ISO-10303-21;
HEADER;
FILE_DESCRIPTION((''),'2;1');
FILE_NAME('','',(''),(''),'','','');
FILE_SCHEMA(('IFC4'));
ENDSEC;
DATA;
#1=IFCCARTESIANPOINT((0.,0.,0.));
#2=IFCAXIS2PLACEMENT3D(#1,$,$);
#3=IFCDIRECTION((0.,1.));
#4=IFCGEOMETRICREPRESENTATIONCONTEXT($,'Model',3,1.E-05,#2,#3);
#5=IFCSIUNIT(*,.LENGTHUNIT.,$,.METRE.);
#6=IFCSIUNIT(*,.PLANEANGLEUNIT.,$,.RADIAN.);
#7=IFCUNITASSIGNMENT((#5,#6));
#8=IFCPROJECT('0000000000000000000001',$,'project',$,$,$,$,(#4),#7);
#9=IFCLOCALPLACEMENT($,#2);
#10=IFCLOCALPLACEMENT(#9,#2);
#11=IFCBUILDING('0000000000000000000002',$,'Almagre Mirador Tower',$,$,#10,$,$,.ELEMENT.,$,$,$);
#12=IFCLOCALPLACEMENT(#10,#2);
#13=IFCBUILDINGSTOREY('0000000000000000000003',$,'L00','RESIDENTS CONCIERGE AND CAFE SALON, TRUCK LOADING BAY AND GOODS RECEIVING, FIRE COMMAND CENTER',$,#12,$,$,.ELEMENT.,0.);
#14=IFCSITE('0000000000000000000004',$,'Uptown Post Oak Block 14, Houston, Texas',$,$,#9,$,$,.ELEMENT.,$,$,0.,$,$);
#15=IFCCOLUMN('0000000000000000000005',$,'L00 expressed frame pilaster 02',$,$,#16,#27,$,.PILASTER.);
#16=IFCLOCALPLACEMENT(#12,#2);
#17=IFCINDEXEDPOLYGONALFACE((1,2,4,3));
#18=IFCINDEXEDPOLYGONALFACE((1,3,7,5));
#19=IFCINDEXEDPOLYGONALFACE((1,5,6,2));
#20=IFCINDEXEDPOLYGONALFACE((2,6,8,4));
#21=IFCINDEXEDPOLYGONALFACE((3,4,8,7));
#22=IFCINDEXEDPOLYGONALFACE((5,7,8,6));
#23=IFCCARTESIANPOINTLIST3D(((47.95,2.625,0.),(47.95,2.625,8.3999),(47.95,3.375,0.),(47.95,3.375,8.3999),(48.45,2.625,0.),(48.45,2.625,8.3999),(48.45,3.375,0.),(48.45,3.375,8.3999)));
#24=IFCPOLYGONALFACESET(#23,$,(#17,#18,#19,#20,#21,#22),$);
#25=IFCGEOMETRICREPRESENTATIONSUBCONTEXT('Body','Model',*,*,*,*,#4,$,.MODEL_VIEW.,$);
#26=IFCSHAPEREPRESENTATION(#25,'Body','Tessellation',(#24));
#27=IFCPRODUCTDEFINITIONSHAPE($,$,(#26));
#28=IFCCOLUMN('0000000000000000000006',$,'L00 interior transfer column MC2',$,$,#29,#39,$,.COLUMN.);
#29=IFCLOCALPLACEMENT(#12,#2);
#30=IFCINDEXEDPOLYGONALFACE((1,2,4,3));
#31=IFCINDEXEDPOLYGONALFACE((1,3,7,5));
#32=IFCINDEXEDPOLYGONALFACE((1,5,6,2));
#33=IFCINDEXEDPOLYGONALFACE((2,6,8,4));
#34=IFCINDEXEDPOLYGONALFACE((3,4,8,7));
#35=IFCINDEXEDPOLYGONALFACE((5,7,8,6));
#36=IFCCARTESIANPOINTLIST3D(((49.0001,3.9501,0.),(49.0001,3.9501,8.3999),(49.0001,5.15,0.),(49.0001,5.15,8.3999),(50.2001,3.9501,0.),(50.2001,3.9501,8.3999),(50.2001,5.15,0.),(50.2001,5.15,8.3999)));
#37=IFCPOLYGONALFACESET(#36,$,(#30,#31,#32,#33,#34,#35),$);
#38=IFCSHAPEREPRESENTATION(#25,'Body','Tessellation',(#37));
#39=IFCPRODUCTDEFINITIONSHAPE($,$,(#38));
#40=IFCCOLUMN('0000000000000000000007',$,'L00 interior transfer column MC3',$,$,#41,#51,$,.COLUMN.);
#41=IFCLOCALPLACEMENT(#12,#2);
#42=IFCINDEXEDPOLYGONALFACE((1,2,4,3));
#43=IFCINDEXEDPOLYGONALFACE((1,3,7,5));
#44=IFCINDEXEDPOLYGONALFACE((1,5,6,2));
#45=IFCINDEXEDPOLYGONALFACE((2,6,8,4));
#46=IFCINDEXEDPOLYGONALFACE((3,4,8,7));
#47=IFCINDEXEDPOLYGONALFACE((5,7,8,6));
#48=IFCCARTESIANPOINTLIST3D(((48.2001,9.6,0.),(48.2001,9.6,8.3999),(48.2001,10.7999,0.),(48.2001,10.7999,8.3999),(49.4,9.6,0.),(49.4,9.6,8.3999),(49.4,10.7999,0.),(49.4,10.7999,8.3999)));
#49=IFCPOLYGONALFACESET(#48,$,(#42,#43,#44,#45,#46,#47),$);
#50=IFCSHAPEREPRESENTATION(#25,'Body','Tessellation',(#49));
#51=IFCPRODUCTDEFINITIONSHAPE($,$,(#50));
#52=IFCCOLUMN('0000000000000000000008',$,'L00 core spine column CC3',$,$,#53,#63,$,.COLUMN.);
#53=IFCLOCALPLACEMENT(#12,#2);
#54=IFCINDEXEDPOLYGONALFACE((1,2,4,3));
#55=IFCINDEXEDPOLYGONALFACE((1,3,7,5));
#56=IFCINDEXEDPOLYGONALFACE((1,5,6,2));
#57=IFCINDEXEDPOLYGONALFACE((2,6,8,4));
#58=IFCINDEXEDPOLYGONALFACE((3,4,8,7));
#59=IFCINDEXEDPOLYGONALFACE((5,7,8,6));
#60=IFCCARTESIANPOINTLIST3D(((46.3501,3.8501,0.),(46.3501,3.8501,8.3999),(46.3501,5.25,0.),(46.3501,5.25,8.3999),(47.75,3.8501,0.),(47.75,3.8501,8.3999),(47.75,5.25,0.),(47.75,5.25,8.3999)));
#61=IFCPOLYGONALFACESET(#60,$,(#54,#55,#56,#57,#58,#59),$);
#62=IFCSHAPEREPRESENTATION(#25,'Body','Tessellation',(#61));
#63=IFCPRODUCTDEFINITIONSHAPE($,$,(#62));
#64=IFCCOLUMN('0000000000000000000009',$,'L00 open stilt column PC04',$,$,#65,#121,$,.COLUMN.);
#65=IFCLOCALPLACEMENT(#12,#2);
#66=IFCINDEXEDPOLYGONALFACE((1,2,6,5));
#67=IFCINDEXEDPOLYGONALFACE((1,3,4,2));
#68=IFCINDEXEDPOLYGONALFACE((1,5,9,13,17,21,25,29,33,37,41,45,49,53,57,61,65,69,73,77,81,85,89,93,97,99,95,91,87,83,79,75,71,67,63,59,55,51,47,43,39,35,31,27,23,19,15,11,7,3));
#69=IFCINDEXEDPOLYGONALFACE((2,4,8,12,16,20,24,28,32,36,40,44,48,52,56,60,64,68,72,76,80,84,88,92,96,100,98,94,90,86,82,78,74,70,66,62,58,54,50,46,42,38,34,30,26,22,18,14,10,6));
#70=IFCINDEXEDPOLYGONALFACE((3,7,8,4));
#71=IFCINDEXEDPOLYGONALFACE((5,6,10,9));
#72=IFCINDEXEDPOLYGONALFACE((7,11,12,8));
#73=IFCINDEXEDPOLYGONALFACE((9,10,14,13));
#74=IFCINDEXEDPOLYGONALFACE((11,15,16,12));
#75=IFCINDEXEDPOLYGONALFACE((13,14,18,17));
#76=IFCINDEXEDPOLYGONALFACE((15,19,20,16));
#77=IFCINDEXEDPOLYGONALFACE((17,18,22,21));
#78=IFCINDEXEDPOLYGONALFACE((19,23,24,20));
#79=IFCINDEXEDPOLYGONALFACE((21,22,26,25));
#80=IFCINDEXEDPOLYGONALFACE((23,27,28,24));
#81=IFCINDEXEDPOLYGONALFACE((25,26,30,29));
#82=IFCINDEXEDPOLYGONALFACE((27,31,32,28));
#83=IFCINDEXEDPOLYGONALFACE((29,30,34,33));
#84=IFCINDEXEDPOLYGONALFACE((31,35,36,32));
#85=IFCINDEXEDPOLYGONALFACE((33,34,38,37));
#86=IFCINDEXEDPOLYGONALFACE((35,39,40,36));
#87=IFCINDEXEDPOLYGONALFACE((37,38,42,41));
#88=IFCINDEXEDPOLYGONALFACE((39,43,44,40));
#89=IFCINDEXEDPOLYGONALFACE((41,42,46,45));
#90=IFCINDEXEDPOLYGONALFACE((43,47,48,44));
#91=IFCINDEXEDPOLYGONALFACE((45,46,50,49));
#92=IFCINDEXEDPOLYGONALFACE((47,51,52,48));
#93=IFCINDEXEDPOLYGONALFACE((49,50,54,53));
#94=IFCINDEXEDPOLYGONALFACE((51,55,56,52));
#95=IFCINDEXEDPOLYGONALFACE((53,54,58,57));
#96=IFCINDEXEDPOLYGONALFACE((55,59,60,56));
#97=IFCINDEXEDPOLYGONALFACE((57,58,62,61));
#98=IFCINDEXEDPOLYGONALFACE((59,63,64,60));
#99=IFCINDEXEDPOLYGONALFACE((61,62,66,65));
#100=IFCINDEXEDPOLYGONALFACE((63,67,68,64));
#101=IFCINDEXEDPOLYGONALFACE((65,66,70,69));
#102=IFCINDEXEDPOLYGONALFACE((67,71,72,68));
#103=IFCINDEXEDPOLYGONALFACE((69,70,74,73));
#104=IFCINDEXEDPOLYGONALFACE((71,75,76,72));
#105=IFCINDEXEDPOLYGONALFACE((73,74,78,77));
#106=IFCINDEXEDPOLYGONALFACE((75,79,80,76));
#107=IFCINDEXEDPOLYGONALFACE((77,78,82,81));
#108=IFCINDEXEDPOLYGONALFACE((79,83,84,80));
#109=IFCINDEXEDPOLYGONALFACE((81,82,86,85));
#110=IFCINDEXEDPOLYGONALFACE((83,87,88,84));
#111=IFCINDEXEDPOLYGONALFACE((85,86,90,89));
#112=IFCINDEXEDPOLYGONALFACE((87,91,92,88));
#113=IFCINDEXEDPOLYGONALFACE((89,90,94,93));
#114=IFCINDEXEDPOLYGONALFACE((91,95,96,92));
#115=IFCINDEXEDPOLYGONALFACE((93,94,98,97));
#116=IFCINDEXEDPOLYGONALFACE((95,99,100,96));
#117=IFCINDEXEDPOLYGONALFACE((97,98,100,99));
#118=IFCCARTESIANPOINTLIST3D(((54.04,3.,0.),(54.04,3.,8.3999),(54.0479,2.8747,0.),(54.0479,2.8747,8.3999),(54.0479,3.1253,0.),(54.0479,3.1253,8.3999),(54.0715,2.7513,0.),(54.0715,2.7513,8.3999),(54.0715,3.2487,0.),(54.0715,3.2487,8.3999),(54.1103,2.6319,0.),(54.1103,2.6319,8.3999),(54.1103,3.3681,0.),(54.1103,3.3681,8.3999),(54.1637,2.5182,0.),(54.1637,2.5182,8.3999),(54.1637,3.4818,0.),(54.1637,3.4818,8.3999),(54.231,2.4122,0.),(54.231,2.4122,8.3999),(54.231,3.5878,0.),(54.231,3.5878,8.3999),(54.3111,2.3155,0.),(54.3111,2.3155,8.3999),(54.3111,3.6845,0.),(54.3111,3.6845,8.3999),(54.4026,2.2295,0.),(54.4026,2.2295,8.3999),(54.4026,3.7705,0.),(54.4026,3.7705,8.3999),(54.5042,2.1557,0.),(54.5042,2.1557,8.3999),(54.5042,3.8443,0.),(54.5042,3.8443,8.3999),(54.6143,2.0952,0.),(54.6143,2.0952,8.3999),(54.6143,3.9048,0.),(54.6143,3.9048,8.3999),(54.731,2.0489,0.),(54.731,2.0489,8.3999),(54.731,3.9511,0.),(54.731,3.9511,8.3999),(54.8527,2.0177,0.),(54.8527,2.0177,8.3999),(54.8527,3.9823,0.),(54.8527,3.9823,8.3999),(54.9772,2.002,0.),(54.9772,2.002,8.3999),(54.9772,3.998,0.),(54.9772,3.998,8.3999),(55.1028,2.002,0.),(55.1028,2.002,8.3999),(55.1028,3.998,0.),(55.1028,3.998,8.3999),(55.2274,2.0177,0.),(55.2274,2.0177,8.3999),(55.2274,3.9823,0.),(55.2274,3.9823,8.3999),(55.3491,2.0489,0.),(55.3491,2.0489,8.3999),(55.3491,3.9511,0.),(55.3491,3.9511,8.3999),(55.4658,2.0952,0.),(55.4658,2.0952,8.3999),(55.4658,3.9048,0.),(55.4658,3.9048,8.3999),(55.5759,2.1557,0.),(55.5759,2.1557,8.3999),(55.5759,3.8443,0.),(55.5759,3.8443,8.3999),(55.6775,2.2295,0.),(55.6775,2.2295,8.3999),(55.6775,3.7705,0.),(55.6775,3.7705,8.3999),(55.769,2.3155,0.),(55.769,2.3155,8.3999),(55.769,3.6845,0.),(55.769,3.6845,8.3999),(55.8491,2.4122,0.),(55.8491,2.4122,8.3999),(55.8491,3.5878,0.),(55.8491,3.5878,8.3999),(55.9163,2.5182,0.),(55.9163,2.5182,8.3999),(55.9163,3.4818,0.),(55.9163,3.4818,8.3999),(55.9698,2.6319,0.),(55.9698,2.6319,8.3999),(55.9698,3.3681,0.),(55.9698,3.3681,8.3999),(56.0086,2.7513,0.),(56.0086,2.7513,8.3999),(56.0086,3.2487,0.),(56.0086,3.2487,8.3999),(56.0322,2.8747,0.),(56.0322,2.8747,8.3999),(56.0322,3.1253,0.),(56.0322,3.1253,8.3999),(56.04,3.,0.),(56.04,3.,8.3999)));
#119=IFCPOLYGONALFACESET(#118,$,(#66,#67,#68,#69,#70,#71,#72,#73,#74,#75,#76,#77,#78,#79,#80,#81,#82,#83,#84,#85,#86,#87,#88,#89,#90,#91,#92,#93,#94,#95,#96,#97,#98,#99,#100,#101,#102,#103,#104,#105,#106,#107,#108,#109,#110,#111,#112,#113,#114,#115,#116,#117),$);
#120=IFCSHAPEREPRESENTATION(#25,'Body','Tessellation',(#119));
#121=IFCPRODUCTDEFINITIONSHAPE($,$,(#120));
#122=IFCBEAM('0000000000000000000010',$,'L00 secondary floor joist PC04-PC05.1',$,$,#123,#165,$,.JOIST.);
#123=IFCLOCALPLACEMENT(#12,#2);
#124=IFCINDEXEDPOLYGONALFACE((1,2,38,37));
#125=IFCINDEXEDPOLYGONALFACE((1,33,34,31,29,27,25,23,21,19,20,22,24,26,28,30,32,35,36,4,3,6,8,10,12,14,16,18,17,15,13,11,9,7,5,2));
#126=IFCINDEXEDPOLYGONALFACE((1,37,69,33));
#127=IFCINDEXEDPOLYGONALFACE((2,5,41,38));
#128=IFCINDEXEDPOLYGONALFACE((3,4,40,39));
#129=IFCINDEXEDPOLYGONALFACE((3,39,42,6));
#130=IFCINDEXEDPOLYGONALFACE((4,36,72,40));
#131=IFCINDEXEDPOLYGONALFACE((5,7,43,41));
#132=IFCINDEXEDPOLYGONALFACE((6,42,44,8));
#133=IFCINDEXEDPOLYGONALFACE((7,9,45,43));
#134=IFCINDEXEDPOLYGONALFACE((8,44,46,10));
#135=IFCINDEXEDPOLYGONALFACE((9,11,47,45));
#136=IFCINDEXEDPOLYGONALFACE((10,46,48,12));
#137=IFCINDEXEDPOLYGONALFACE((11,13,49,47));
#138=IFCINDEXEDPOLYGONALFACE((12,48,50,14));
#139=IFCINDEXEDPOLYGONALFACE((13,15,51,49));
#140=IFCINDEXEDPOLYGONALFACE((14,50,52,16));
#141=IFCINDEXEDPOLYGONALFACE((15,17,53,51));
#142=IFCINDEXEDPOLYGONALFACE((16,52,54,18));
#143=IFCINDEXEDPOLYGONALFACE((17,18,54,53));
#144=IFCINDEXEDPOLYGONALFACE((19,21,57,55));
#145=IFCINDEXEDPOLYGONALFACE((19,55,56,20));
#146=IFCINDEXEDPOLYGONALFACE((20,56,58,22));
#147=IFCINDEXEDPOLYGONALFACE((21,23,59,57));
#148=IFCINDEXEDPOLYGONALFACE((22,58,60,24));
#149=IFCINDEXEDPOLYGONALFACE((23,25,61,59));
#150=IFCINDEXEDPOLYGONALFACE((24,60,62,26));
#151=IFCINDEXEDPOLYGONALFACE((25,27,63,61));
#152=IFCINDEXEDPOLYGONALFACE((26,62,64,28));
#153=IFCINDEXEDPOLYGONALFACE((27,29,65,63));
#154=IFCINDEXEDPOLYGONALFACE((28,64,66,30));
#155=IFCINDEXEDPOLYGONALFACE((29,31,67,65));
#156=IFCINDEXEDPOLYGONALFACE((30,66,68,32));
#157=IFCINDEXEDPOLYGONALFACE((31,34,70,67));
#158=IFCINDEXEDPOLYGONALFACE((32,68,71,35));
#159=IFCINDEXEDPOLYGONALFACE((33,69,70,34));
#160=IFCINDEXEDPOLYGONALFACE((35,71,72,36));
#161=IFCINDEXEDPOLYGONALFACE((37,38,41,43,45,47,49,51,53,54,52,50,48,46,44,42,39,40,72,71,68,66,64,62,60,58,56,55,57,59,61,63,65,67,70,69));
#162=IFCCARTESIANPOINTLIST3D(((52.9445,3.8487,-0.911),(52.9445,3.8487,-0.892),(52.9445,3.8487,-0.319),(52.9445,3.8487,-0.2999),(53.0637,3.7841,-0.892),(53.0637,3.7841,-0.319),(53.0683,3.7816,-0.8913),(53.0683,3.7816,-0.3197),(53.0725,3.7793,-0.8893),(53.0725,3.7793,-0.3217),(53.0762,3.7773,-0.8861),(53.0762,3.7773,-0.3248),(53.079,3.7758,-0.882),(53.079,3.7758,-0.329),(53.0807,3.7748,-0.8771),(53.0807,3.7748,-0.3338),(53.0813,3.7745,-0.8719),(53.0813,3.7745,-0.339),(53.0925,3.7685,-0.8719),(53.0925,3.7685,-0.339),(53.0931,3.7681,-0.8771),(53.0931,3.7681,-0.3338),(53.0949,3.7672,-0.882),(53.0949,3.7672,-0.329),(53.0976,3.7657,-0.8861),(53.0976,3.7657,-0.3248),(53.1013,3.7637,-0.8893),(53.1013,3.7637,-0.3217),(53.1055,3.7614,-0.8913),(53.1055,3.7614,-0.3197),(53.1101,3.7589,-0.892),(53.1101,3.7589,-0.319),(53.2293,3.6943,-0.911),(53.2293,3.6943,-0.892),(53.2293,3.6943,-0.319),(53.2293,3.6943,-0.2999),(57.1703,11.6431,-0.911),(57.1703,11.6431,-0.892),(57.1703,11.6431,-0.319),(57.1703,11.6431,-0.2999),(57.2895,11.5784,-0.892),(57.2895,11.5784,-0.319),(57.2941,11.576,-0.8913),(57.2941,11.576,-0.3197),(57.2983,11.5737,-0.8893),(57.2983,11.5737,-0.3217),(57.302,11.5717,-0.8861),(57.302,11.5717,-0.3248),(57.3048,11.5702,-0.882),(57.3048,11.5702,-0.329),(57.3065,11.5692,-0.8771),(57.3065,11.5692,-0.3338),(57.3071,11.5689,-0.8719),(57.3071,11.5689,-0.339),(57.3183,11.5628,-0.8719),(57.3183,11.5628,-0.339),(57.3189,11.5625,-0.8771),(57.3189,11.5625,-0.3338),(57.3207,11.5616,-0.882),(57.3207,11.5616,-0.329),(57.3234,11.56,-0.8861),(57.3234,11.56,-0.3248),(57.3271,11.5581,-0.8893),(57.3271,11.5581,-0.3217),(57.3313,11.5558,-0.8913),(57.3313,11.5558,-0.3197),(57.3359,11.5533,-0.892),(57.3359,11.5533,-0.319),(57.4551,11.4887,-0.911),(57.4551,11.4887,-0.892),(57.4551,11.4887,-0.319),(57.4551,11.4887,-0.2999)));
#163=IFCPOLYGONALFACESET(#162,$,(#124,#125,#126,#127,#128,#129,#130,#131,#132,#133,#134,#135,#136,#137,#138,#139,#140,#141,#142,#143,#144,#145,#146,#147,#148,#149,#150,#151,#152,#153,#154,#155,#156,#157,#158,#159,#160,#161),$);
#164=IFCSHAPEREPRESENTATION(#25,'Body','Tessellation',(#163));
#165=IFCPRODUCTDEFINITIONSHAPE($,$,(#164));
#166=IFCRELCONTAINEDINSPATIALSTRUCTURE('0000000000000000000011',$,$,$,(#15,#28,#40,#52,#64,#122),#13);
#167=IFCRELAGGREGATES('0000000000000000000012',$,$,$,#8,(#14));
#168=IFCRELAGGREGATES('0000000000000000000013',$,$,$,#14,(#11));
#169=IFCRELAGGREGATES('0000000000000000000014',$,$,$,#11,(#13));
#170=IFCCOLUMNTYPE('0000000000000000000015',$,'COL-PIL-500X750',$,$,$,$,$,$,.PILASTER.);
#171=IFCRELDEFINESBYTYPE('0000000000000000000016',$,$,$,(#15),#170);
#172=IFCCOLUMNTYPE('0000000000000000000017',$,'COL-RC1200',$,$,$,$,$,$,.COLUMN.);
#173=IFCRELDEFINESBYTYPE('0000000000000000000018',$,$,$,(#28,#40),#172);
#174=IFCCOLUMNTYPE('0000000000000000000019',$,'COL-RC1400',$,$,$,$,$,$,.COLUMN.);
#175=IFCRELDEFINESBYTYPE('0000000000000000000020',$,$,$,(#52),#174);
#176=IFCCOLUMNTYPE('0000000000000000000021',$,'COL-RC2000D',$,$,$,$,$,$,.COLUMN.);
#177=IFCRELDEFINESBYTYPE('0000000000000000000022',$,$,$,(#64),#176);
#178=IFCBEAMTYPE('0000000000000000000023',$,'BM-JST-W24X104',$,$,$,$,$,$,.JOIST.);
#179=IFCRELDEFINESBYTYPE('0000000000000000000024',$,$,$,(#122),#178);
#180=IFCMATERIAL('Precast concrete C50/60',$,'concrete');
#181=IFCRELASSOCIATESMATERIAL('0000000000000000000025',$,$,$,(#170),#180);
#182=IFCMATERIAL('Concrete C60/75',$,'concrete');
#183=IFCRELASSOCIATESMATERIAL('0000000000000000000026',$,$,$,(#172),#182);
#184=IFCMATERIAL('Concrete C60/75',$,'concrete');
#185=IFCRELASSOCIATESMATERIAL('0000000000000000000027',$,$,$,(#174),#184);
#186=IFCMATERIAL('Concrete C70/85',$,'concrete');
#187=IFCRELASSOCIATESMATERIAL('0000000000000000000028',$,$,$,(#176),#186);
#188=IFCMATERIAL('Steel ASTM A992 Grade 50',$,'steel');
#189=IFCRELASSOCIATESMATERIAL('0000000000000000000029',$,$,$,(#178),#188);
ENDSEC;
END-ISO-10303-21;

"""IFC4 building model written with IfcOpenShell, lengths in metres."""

from ifc_helpers import new_model, si_unit, direction, frame, origin, origin_2d, place, context, subcontext, project, spatial, rectangle, circle, i_section, extrude, material, material_profile, profile_set, type_object, element, save


model = new_model("IFC4")

# Units and contexts
model_context = context("Model", 3, precision=1e-05, world=origin(), true_north=direction((0.0, 1.0)))
body_context = subcontext(model_context, "Body", "Model", "MODEL_VIEW")
ifc_project = project(units=[si_unit("LENGTHUNIT", "METRE"), si_unit("PLANEANGLEUNIT", "RADIAN")], contexts=[model_context])

# Site, building, storey
site_placement = place(None, origin())
site = spatial("IfcSite", under=ifc_project, at=site_placement, Name="Uptown Post Oak Block 14, Houston, Texas", CompositionType="ELEMENT", RefElevation=0.0)
building_placement = place(site_placement, origin())
building = spatial("IfcBuilding", under=site, at=building_placement, Name="Almagre Mirador Tower", CompositionType="ELEMENT")
storey_placement = place(building_placement, origin())
storey = spatial("IfcBuildingStorey", under=building, at=storey_placement, Name="L00", Description="RESIDENTS CONCIERGE AND CAFE SALON, TRUCK LOADING BAY AND GOODS RECEIVING, FIRE COMMAND CENTER", CompositionType="ELEMENT", Elevation=0.0)

# Columns
ifc_material_1 = material(Name="Precast concrete C50/60", Category="concrete")
ifc_material_profile_1 = material_profile(ifc_material_1, rectangle(XDim=0.5, YDim=0.75, at=origin_2d()), Name="RC500X750")
ifc_profile_set_1 = profile_set([ifc_material_profile_1], Name="Precast concrete C50/60")
column_type_1 = type_object("IfcColumnType", Name="COL-PIL-500X750", PredefinedType="PILASTER", material=ifc_profile_set_1)
column_1_placement = place(storey_placement, frame((48.2, 3.0, 0.0), z_axis=(0.0, 0.0, 1.0), x_axis=(1.0, 0.0, 0.0)))
element("IfcColumn", 1, at=column_1_placement, inside=storey, type_object=column_type_1, Name="L00 expressed frame pilaster 02", PredefinedType="PILASTER", context=body_context, shape_type="SweptSolid", body=[
    extrude(rectangle(XDim=0.5, YDim=0.75, at=origin_2d()), origin(), (0.0, 0.0, 1.0), 8.3999),
])
ifc_material_2 = material(Name="Concrete C60/75", Category="concrete")
ifc_material_profile_2 = material_profile(ifc_material_2, rectangle(XDim=1.2, YDim=1.2, at=origin_2d()), Name="RC1200X1200")
ifc_profile_set_2 = profile_set([ifc_material_profile_2], Name="Concrete C60/75")
column_type_2 = type_object("IfcColumnType", Name="COL-RC1200", PredefinedType="COLUMN", material=ifc_profile_set_2)
for number, where, z_axis, x_axis, name in (
    (2, (49.6001, 4.55, 0.0), (0.0, 0.0, 1.0), (1.0, 0.0, 0.0), "L00 interior transfer column MC2"),
    (3, (48.8, 10.2, 0.0), (0.0, 0.0, 1.0), (1.0, 0.0, 0.0), "L00 interior transfer column MC3"),
):
    element("IfcColumn", number, at=place(storey_placement, frame(where, z_axis=z_axis, x_axis=x_axis)), inside=storey, type_object=column_type_2, Name=name, PredefinedType="COLUMN", context=body_context, shape_type="SweptSolid", body=[
        extrude(rectangle(XDim=1.2, YDim=1.2, at=origin_2d()), origin(), (0.0, 0.0, 1.0), 8.3999),
    ])
ifc_material_3 = material(Name="Concrete C60/75", Category="concrete")
ifc_material_profile_3 = material_profile(ifc_material_3, rectangle(XDim=1.3999, YDim=1.3999, at=origin_2d()), Name="RC1400X1400")
ifc_profile_set_3 = profile_set([ifc_material_profile_3], Name="Concrete C60/75")
column_type_3 = type_object("IfcColumnType", Name="COL-RC1400", PredefinedType="COLUMN", material=ifc_profile_set_3)
column_2_placement = place(storey_placement, frame((47.05, 4.55, 0.0), z_axis=(0.0, 0.0, 1.0), x_axis=(1.0, 0.0, 0.0)))
element("IfcColumn", 4, at=column_2_placement, inside=storey, type_object=column_type_3, Name="L00 core spine column CC3", PredefinedType="COLUMN", context=body_context, shape_type="SweptSolid", body=[
    extrude(rectangle(XDim=1.3999, YDim=1.3999, at=origin_2d()), origin(), (0.0, 0.0, 1.0), 8.3999),
])
ifc_material_4 = material(Name="Concrete C70/85", Category="concrete")
ifc_material_profile_4 = material_profile(ifc_material_4, circle(Radius=1.0, at=origin_2d()), Name="RC2000D")
ifc_profile_set_4 = profile_set([ifc_material_profile_4], Name="Concrete C70/85")
column_type_4 = type_object("IfcColumnType", Name="COL-RC2000D", PredefinedType="COLUMN", material=ifc_profile_set_4)
column_3_placement = place(storey_placement, frame((55.04, 3.0, 0.0), z_axis=(0.0, 0.0, 1.0), x_axis=(1.0, 0.0, 0.0)))
element("IfcColumn", 5, at=column_3_placement, inside=storey, type_object=column_type_4, Name="L00 open stilt column PC04", PredefinedType="COLUMN", context=body_context, shape_type="SweptSolid", body=[
    extrude(circle(Radius=1.0, at=origin_2d()), origin(), (0.0, 0.0, 1.0), 8.3999),
])

# Beam
ifc_material_5 = material(Name="Steel ASTM A992 Grade 50", Category="steel")
ifc_material_profile_5 = material_profile(ifc_material_5, i_section(OverallWidth=0.324, OverallDepth=0.6111, WebThickness=0.0127, FlangeThickness=0.019, FilletRadius=0.02, at=origin_2d()), Name="W24X104")
ifc_profile_set_5 = profile_set([ifc_material_profile_5], Name="Steel ASTM A992 Grade 50")
beam_type_1 = type_object("IfcBeamType", Name="BM-JST-W24X104", PredefinedType="JOIST", material=ifc_profile_set_5)
beam_1_placement = place(storey_placement, frame((53.0869, 3.7715, -0.6055), z_axis=(0.476618, 0.87911, 0.0), x_axis=(-0.87911, 0.476618, 0.0)))
element("IfcBeam", 6, at=beam_1_placement, inside=storey, type_object=beam_type_1, Name="L00 secondary floor joist PC04-PC05.1", PredefinedType="JOIST", context=body_context, shape_type="SweptSolid", body=[
    extrude(i_section(OverallWidth=0.324, OverallDepth=0.6111, WebThickness=0.0127, FlangeThickness=0.019, FilletRadius=0.02, at=origin_2d()), origin(), (0.0, 0.0, 1.0), 8.8662),
])

save(model, "model.ifc")
